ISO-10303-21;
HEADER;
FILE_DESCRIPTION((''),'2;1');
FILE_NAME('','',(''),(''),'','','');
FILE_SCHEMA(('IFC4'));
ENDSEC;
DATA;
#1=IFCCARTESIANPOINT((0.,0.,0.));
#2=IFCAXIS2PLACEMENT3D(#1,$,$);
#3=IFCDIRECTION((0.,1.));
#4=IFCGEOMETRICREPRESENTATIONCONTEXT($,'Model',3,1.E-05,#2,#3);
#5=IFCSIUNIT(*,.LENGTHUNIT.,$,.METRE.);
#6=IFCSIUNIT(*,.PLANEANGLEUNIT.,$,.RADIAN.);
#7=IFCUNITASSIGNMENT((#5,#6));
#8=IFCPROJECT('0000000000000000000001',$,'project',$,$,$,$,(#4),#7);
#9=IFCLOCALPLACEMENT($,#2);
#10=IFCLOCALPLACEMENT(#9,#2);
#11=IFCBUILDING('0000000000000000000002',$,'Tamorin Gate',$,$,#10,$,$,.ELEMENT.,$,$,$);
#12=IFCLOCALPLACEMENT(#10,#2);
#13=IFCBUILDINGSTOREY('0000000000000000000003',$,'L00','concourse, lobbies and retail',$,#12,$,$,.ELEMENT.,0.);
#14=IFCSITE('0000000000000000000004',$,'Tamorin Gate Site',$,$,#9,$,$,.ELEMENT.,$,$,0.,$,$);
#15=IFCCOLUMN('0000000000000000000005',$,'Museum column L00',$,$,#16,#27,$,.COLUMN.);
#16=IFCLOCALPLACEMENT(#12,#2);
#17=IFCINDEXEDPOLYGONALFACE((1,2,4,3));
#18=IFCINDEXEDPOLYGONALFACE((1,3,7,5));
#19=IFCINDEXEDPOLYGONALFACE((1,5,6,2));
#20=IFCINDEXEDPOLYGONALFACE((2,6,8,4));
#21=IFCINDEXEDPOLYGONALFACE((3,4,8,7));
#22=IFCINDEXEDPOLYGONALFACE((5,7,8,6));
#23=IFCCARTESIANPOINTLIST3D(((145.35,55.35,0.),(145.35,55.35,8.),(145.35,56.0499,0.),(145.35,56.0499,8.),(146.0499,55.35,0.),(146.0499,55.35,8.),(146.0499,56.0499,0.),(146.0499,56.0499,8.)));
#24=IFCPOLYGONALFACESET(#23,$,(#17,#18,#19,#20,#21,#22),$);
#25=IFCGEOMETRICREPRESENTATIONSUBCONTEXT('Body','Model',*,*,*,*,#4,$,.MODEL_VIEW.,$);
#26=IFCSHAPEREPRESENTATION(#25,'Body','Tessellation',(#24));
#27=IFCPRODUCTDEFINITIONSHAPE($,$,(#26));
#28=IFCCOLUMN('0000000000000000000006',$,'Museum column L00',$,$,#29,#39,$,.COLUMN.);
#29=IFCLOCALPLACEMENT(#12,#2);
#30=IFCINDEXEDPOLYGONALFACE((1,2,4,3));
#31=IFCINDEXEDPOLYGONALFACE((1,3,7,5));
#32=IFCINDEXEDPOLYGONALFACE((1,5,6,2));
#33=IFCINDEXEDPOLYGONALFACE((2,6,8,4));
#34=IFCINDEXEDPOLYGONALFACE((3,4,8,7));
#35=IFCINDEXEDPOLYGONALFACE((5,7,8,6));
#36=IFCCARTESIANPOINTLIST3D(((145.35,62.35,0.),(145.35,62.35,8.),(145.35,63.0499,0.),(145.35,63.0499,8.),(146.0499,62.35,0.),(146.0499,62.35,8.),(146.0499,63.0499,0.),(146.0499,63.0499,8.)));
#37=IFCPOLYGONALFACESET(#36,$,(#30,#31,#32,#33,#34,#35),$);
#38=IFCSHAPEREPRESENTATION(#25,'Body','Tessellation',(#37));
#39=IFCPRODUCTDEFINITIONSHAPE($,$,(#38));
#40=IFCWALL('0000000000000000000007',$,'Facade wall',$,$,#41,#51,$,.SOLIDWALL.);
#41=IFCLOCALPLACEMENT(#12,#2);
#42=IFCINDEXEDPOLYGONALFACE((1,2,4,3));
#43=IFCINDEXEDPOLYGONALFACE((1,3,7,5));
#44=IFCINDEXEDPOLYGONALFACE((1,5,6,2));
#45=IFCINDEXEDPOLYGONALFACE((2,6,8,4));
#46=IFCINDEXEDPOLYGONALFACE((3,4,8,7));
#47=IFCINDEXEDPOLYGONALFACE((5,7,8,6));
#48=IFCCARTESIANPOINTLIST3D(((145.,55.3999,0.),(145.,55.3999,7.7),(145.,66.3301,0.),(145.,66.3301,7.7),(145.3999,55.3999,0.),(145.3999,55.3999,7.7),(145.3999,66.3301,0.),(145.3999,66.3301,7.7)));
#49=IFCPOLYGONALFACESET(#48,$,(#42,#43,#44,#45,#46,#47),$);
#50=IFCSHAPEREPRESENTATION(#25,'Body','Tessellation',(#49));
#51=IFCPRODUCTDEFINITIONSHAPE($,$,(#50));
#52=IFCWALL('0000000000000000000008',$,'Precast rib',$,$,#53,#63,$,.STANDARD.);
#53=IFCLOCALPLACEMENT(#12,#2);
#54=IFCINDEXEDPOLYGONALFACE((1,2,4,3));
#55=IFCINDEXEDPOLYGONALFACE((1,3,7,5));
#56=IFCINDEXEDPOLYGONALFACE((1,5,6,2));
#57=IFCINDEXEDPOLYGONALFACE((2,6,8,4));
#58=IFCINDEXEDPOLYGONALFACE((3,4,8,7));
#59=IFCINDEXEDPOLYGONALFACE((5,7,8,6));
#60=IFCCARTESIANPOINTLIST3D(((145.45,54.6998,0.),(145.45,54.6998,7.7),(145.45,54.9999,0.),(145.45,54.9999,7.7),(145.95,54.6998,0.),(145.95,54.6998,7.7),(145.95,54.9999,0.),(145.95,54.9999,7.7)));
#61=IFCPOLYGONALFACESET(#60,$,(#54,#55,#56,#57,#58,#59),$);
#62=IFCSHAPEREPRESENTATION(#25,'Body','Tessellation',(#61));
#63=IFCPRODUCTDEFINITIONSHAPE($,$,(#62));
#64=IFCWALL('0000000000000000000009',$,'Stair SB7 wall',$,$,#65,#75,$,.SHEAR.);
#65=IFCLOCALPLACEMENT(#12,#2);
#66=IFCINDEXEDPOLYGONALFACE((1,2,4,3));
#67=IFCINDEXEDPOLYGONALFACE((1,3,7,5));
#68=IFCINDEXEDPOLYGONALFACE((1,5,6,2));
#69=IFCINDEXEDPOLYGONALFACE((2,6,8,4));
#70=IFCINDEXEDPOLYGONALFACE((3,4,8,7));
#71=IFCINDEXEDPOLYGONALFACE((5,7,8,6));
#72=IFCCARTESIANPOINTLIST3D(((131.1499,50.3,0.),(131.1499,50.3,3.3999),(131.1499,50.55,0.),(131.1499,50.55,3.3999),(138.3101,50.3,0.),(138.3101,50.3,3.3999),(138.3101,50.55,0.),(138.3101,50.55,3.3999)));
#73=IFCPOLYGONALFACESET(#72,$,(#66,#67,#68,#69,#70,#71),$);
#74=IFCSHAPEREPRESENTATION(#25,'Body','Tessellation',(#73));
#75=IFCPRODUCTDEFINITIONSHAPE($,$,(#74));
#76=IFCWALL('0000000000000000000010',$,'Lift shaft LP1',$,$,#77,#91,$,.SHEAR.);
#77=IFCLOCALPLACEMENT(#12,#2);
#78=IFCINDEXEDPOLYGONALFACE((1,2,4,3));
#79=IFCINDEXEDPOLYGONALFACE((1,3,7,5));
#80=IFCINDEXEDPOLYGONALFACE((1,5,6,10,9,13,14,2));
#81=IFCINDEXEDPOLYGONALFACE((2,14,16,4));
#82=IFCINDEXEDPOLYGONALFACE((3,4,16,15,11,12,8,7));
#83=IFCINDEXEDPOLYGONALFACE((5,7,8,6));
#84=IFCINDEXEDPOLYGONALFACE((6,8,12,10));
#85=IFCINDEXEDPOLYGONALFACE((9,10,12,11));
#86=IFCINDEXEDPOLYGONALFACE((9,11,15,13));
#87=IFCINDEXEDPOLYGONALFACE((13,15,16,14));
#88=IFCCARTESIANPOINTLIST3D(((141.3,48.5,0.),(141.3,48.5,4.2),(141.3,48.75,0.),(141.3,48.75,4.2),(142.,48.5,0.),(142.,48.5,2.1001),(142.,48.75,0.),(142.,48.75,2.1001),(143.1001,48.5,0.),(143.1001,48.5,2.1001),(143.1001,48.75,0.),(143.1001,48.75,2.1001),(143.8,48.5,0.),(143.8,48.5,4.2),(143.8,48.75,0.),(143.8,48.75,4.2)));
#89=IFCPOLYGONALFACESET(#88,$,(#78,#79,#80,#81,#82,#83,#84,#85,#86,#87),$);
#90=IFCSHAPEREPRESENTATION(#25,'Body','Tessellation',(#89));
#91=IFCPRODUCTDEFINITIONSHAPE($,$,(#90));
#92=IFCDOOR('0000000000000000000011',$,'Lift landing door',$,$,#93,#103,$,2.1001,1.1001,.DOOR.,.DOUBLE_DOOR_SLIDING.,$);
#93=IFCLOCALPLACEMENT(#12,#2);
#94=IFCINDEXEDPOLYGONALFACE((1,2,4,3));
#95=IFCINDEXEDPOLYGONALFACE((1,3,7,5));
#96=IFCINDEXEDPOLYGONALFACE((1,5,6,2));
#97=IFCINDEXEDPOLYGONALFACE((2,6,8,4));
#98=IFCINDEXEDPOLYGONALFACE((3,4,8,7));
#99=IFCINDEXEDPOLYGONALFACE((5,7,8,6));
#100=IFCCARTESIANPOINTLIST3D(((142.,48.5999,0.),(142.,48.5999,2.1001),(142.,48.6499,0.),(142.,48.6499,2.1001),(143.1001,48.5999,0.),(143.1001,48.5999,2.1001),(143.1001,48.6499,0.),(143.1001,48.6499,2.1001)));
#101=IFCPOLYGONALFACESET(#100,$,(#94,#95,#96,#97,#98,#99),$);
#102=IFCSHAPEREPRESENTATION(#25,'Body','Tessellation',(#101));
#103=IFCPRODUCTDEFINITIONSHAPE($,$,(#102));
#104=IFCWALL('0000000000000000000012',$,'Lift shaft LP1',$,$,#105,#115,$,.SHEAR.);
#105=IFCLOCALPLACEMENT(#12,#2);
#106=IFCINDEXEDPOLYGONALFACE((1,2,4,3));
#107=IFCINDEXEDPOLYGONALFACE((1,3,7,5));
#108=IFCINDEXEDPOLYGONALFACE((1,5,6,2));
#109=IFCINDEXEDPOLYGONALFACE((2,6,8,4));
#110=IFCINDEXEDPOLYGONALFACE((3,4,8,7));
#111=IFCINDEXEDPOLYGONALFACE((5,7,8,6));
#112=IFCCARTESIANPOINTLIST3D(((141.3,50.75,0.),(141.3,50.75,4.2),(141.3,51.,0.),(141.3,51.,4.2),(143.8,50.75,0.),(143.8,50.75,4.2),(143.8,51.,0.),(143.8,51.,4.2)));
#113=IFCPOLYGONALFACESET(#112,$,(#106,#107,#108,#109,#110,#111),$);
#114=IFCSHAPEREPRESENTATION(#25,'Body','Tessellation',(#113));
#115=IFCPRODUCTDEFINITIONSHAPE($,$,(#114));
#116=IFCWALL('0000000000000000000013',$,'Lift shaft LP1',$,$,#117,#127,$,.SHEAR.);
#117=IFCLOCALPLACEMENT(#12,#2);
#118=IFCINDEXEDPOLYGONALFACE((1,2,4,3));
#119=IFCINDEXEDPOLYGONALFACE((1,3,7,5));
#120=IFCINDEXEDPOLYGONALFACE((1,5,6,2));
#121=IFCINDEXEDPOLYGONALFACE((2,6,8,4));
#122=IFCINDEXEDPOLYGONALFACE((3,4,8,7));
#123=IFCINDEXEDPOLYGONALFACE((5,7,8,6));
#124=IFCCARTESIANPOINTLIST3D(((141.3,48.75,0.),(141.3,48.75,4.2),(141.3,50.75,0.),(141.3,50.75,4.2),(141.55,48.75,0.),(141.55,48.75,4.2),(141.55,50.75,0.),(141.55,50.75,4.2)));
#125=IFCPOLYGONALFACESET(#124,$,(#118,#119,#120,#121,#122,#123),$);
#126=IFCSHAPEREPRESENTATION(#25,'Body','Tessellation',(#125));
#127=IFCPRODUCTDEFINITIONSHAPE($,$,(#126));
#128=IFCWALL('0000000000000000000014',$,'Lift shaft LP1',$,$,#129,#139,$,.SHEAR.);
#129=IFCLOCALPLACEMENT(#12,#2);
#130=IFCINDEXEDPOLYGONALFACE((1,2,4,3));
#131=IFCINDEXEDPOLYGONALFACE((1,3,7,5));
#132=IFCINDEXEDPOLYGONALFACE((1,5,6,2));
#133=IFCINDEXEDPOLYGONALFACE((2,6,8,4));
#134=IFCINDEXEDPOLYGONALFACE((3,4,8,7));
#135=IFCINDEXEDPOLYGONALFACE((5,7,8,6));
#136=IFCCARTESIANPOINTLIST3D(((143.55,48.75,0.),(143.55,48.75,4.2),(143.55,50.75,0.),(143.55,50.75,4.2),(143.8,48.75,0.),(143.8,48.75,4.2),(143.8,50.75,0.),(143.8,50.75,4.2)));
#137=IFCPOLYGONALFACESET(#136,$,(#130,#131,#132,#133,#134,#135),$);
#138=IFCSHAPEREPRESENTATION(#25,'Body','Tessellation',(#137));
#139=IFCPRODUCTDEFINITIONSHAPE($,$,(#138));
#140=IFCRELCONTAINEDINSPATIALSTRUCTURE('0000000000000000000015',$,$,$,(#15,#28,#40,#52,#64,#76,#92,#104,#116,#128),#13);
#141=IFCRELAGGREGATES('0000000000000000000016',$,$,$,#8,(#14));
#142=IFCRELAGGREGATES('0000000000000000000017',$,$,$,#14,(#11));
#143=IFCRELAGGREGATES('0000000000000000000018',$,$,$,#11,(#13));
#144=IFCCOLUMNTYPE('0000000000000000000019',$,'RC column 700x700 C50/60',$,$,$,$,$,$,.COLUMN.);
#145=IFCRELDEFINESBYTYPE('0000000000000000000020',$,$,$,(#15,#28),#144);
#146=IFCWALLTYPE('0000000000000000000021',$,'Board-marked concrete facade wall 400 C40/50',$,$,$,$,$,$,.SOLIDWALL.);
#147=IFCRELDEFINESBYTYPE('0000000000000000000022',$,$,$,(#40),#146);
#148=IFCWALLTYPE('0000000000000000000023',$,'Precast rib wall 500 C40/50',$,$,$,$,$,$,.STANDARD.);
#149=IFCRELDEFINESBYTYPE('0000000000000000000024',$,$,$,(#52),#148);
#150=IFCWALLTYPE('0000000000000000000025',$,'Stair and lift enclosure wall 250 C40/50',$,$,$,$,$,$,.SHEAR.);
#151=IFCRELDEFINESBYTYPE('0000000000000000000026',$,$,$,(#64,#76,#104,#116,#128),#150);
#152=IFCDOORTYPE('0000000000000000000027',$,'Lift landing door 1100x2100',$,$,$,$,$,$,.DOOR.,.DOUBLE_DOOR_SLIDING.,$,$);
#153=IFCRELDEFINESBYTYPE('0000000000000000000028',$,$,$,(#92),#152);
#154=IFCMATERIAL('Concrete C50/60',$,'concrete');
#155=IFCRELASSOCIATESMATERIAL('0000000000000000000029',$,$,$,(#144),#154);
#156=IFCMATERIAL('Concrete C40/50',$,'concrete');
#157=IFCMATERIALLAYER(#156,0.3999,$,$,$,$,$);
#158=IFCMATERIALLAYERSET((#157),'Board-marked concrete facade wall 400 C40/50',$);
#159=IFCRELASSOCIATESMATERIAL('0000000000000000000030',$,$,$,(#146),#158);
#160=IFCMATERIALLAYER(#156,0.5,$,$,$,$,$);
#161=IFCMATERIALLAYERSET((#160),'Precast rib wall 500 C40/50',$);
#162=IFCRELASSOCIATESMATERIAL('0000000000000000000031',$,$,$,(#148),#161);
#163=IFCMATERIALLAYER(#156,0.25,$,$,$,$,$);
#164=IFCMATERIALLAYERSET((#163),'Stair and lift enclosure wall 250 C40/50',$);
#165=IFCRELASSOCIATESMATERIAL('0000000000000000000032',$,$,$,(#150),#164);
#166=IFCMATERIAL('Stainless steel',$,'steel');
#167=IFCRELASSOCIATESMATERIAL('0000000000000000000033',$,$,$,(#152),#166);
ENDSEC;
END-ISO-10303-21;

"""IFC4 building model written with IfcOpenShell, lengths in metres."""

from ifc_helpers import new_model, si_unit, direction, frame, frame_2d, origin, origin_2d, place, context, subcontext, project, spatial, rectangle, extrude, material, layer, layer_set, material_profile, profile_set, type_object, element, fill, save


model = new_model("IFC4")

# Units and contexts
model_context = context("Model", 3, precision=1e-05, world=origin(), true_north=direction((0.0, 1.0)))
body_context = subcontext(model_context, "Body", "Model", "MODEL_VIEW")
ifc_project = project(units=[si_unit("LENGTHUNIT", "METRE"), si_unit("PLANEANGLEUNIT", "RADIAN")], contexts=[model_context])

# Site, building, storey
site_placement = place(None, origin())
site = spatial("IfcSite", under=ifc_project, at=site_placement, Name="Tamorin Gate Site", CompositionType="ELEMENT", RefElevation=0.0)
building_placement = place(site_placement, origin())
building = spatial("IfcBuilding", under=site, at=building_placement, Name="Tamorin Gate", CompositionType="ELEMENT")
storey_placement = place(building_placement, origin())
storey = spatial("IfcBuildingStorey", under=building, at=storey_placement, Name="L00", Description="concourse, lobbies and retail", CompositionType="ELEMENT", Elevation=0.0)

# Columns
ifc_material_1 = material(Name="Concrete C50/60", Category="concrete")
ifc_material_profile = material_profile(ifc_material_1, rectangle(XDim=0.7, YDim=0.7, at=origin_2d()), Name="RC 700x700")
ifc_profile_set = profile_set([ifc_material_profile], Name="Concrete C50/60")
column_type = type_object("IfcColumnType", Name="RC column 700x700 C50/60", PredefinedType="COLUMN", material=ifc_profile_set)
for number, where, z_axis, x_axis, name in (
    (1, (145.7, 55.7, 0.0), (0.0, 0.0, 1.0), (1.0, 0.0, 0.0), "Museum column L00"),
    (2, (145.7, 62.7, 0.0), (0.0, 0.0, 1.0), (1.0, 0.0, 0.0), "Museum column L00"),
):
    element("IfcColumn", number, at=place(storey_placement, frame(where, z_axis=z_axis, x_axis=x_axis)), inside=storey, type_object=column_type, Name=name, PredefinedType="COLUMN", context=body_context, shape_type="SweptSolid", body=[
        extrude(rectangle(XDim=0.7, YDim=0.7, at=origin_2d()), origin(), (0.0, 0.0, 1.0), 8.0),
    ])

# Shared definitions
ifc_material_2 = material(Name="Concrete C40/50", Category="concrete")
ifc_layer_1 = layer(ifc_material_2, 0.3999)
ifc_layer_set_1 = layer_set([ifc_layer_1], Name="Board-marked concrete facade wall 400 C40/50")
wall_type_1 = type_object("IfcWallType", Name="Board-marked concrete facade wall 400 C40/50", PredefinedType="SOLIDWALL", material=ifc_layer_set_1)

# Walls
wall_1_placement = place(storey_placement, frame((145.2, 55.3999, 0.0), z_axis=(0.0, 0.0, 1.0), x_axis=(0.0, 1.0, 0.0)))
element("IfcWall", 3, at=wall_1_placement, inside=storey, type_object=wall_type_1, Name="Facade wall", PredefinedType="SOLIDWALL", context=body_context, shape_type="SweptSolid", body=[
    extrude(rectangle(XDim=10.9302, YDim=0.3999, at=frame_2d((5.4651, 0.0))), origin(), (0.0, 0.0, 1.0), 7.7),
])
ifc_layer_2 = layer(ifc_material_2, 0.5)
ifc_layer_set_2 = layer_set([ifc_layer_2], Name="Precast rib wall 500 C40/50")
wall_type_2 = type_object("IfcWallType", Name="Precast rib wall 500 C40/50", PredefinedType="STANDARD", material=ifc_layer_set_2)
wall_2_placement = place(storey_placement, frame((145.7, 54.7, 0.0), z_axis=(0.0, 0.0, 1.0), x_axis=(0.0, 1.0, 0.0)))
element("IfcWall", 4, at=wall_2_placement, inside=storey, type_object=wall_type_2, Name="Precast rib", PredefinedType="STANDARD", context=body_context, shape_type="SweptSolid", body=[
    extrude(rectangle(XDim=0.3, YDim=0.5, at=frame_2d((0.1499, 0.0))), origin(), (0.0, 0.0, 1.0), 7.7),
])
ifc_layer_3 = layer(ifc_material_2, 0.25)
ifc_layer_set_3 = layer_set([ifc_layer_3], Name="Stair and lift enclosure wall 250 C40/50")
wall_type_3 = type_object("IfcWallType", Name="Stair and lift enclosure wall 250 C40/50", PredefinedType="SHEAR", material=ifc_layer_set_3)
wall_3_placement = place(storey_placement, frame((131.1499, 50.425, 0.0), z_axis=(0.0, 0.0, 1.0), x_axis=(1.0, 0.0, 0.0)))
element("IfcWall", 5, at=wall_3_placement, inside=storey, type_object=wall_type_3, Name="Stair SB7 wall", PredefinedType="SHEAR", context=body_context, shape_type="SweptSolid", body=[
    extrude(rectangle(XDim=7.1602, YDim=0.25, at=frame_2d((3.5801, 0.0))), origin(), (0.0, 0.0, 1.0), 3.3999),
])

# Wall, opening, door
wall_4_placement = place(storey_placement, frame((141.3, 48.625, 0.0), z_axis=(0.0, 0.0, 1.0), x_axis=(1.0, 0.0, 0.0)))
wall_4 = element("IfcWall", 6, at=wall_4_placement, inside=storey, type_object=wall_type_3, Name="Lift shaft LP1", PredefinedType="SHEAR", context=body_context, shape_type="SweptSolid", body=[
    extrude(rectangle(XDim=2.5, YDim=0.25, at=frame_2d((1.25, 0.0))), origin(), (0.0, 0.0, 1.0), 4.2),
])
opening_1_placement = place(wall_4_placement, frame((0.7, 0.0, 0.0)))
opening_1 = element("IfcOpeningElement", 7, at=opening_1_placement, cuts=wall_4, PredefinedType="OPENING", context=body_context, shape_type="SweptSolid", body=[
    extrude(rectangle(XDim=1.1001, YDim=2.1001, at=frame_2d((0.55, 1.05))), frame((0.0, 0.135, 0.0), z_axis=(0.0, -1.0, 0.0), x_axis=(1.0, 0.0, 0.0)), (0.0, 0.0, 1.0), 0.27),
])
ifc_material_3 = material(Name="Stainless steel", Category="steel")
door_type_1 = type_object("IfcDoorType", Name="Lift landing door 1100x2100", OperationType="DOUBLE_DOOR_SLIDING", PredefinedType="DOOR", material=ifc_material_3)
door_1_placement = place(opening_1_placement, origin())
door_1 = element("IfcDoor", 8, at=door_1_placement, inside=storey, type_object=door_type_1, Name="Lift landing door", OperationType="DOUBLE_DOOR_SLIDING", OverallHeight=2.1001, OverallWidth=1.1001, PredefinedType="DOOR", context=body_context, shape_type="SweptSolid", body=[
    extrude(rectangle(XDim=1.1001, YDim=2.1001, at=frame_2d((0.55, 1.05))), frame((0.0, 0.0249, 0.0), z_axis=(0.0, -1.0, 0.0), x_axis=(1.0, 0.0, 0.0)), (0.0, 0.0, 1.0), 0.05),
])
fill(opening_1, door_1)

# Walls
wall_5_placement = place(storey_placement, frame((141.3, 50.875, 0.0), z_axis=(0.0, 0.0, 1.0), x_axis=(1.0, 0.0, 0.0)))
element("IfcWall", 9, at=wall_5_placement, inside=storey, type_object=wall_type_3, Name="Lift shaft LP1", PredefinedType="SHEAR", context=body_context, shape_type="SweptSolid", body=[
    extrude(rectangle(XDim=2.5, YDim=0.25, at=frame_2d((1.25, 0.0))), origin(), (0.0, 0.0, 1.0), 4.2),
])
for number, where, z_axis, x_axis, name in (
    (10, (141.425, 48.75, 0.0), (0.0, 0.0, 1.0), (0.0, 1.0, 0.0), "Lift shaft LP1"),
    (11, (143.675, 48.75, 0.0), (0.0, 0.0, 1.0), (0.0, 1.0, 0.0), "Lift shaft LP1"),
):
    element("IfcWall", number, at=place(storey_placement, frame(where, z_axis=z_axis, x_axis=x_axis)), inside=storey, type_object=wall_type_3, Name=name, PredefinedType="SHEAR", context=body_context, shape_type="SweptSolid", body=[
        extrude(rectangle(XDim=2.0, YDim=0.25, at=frame_2d((1.0, 0.0))), origin(), (0.0, 0.0, 1.0), 4.2),
    ])

save(model, "model.ifc")
